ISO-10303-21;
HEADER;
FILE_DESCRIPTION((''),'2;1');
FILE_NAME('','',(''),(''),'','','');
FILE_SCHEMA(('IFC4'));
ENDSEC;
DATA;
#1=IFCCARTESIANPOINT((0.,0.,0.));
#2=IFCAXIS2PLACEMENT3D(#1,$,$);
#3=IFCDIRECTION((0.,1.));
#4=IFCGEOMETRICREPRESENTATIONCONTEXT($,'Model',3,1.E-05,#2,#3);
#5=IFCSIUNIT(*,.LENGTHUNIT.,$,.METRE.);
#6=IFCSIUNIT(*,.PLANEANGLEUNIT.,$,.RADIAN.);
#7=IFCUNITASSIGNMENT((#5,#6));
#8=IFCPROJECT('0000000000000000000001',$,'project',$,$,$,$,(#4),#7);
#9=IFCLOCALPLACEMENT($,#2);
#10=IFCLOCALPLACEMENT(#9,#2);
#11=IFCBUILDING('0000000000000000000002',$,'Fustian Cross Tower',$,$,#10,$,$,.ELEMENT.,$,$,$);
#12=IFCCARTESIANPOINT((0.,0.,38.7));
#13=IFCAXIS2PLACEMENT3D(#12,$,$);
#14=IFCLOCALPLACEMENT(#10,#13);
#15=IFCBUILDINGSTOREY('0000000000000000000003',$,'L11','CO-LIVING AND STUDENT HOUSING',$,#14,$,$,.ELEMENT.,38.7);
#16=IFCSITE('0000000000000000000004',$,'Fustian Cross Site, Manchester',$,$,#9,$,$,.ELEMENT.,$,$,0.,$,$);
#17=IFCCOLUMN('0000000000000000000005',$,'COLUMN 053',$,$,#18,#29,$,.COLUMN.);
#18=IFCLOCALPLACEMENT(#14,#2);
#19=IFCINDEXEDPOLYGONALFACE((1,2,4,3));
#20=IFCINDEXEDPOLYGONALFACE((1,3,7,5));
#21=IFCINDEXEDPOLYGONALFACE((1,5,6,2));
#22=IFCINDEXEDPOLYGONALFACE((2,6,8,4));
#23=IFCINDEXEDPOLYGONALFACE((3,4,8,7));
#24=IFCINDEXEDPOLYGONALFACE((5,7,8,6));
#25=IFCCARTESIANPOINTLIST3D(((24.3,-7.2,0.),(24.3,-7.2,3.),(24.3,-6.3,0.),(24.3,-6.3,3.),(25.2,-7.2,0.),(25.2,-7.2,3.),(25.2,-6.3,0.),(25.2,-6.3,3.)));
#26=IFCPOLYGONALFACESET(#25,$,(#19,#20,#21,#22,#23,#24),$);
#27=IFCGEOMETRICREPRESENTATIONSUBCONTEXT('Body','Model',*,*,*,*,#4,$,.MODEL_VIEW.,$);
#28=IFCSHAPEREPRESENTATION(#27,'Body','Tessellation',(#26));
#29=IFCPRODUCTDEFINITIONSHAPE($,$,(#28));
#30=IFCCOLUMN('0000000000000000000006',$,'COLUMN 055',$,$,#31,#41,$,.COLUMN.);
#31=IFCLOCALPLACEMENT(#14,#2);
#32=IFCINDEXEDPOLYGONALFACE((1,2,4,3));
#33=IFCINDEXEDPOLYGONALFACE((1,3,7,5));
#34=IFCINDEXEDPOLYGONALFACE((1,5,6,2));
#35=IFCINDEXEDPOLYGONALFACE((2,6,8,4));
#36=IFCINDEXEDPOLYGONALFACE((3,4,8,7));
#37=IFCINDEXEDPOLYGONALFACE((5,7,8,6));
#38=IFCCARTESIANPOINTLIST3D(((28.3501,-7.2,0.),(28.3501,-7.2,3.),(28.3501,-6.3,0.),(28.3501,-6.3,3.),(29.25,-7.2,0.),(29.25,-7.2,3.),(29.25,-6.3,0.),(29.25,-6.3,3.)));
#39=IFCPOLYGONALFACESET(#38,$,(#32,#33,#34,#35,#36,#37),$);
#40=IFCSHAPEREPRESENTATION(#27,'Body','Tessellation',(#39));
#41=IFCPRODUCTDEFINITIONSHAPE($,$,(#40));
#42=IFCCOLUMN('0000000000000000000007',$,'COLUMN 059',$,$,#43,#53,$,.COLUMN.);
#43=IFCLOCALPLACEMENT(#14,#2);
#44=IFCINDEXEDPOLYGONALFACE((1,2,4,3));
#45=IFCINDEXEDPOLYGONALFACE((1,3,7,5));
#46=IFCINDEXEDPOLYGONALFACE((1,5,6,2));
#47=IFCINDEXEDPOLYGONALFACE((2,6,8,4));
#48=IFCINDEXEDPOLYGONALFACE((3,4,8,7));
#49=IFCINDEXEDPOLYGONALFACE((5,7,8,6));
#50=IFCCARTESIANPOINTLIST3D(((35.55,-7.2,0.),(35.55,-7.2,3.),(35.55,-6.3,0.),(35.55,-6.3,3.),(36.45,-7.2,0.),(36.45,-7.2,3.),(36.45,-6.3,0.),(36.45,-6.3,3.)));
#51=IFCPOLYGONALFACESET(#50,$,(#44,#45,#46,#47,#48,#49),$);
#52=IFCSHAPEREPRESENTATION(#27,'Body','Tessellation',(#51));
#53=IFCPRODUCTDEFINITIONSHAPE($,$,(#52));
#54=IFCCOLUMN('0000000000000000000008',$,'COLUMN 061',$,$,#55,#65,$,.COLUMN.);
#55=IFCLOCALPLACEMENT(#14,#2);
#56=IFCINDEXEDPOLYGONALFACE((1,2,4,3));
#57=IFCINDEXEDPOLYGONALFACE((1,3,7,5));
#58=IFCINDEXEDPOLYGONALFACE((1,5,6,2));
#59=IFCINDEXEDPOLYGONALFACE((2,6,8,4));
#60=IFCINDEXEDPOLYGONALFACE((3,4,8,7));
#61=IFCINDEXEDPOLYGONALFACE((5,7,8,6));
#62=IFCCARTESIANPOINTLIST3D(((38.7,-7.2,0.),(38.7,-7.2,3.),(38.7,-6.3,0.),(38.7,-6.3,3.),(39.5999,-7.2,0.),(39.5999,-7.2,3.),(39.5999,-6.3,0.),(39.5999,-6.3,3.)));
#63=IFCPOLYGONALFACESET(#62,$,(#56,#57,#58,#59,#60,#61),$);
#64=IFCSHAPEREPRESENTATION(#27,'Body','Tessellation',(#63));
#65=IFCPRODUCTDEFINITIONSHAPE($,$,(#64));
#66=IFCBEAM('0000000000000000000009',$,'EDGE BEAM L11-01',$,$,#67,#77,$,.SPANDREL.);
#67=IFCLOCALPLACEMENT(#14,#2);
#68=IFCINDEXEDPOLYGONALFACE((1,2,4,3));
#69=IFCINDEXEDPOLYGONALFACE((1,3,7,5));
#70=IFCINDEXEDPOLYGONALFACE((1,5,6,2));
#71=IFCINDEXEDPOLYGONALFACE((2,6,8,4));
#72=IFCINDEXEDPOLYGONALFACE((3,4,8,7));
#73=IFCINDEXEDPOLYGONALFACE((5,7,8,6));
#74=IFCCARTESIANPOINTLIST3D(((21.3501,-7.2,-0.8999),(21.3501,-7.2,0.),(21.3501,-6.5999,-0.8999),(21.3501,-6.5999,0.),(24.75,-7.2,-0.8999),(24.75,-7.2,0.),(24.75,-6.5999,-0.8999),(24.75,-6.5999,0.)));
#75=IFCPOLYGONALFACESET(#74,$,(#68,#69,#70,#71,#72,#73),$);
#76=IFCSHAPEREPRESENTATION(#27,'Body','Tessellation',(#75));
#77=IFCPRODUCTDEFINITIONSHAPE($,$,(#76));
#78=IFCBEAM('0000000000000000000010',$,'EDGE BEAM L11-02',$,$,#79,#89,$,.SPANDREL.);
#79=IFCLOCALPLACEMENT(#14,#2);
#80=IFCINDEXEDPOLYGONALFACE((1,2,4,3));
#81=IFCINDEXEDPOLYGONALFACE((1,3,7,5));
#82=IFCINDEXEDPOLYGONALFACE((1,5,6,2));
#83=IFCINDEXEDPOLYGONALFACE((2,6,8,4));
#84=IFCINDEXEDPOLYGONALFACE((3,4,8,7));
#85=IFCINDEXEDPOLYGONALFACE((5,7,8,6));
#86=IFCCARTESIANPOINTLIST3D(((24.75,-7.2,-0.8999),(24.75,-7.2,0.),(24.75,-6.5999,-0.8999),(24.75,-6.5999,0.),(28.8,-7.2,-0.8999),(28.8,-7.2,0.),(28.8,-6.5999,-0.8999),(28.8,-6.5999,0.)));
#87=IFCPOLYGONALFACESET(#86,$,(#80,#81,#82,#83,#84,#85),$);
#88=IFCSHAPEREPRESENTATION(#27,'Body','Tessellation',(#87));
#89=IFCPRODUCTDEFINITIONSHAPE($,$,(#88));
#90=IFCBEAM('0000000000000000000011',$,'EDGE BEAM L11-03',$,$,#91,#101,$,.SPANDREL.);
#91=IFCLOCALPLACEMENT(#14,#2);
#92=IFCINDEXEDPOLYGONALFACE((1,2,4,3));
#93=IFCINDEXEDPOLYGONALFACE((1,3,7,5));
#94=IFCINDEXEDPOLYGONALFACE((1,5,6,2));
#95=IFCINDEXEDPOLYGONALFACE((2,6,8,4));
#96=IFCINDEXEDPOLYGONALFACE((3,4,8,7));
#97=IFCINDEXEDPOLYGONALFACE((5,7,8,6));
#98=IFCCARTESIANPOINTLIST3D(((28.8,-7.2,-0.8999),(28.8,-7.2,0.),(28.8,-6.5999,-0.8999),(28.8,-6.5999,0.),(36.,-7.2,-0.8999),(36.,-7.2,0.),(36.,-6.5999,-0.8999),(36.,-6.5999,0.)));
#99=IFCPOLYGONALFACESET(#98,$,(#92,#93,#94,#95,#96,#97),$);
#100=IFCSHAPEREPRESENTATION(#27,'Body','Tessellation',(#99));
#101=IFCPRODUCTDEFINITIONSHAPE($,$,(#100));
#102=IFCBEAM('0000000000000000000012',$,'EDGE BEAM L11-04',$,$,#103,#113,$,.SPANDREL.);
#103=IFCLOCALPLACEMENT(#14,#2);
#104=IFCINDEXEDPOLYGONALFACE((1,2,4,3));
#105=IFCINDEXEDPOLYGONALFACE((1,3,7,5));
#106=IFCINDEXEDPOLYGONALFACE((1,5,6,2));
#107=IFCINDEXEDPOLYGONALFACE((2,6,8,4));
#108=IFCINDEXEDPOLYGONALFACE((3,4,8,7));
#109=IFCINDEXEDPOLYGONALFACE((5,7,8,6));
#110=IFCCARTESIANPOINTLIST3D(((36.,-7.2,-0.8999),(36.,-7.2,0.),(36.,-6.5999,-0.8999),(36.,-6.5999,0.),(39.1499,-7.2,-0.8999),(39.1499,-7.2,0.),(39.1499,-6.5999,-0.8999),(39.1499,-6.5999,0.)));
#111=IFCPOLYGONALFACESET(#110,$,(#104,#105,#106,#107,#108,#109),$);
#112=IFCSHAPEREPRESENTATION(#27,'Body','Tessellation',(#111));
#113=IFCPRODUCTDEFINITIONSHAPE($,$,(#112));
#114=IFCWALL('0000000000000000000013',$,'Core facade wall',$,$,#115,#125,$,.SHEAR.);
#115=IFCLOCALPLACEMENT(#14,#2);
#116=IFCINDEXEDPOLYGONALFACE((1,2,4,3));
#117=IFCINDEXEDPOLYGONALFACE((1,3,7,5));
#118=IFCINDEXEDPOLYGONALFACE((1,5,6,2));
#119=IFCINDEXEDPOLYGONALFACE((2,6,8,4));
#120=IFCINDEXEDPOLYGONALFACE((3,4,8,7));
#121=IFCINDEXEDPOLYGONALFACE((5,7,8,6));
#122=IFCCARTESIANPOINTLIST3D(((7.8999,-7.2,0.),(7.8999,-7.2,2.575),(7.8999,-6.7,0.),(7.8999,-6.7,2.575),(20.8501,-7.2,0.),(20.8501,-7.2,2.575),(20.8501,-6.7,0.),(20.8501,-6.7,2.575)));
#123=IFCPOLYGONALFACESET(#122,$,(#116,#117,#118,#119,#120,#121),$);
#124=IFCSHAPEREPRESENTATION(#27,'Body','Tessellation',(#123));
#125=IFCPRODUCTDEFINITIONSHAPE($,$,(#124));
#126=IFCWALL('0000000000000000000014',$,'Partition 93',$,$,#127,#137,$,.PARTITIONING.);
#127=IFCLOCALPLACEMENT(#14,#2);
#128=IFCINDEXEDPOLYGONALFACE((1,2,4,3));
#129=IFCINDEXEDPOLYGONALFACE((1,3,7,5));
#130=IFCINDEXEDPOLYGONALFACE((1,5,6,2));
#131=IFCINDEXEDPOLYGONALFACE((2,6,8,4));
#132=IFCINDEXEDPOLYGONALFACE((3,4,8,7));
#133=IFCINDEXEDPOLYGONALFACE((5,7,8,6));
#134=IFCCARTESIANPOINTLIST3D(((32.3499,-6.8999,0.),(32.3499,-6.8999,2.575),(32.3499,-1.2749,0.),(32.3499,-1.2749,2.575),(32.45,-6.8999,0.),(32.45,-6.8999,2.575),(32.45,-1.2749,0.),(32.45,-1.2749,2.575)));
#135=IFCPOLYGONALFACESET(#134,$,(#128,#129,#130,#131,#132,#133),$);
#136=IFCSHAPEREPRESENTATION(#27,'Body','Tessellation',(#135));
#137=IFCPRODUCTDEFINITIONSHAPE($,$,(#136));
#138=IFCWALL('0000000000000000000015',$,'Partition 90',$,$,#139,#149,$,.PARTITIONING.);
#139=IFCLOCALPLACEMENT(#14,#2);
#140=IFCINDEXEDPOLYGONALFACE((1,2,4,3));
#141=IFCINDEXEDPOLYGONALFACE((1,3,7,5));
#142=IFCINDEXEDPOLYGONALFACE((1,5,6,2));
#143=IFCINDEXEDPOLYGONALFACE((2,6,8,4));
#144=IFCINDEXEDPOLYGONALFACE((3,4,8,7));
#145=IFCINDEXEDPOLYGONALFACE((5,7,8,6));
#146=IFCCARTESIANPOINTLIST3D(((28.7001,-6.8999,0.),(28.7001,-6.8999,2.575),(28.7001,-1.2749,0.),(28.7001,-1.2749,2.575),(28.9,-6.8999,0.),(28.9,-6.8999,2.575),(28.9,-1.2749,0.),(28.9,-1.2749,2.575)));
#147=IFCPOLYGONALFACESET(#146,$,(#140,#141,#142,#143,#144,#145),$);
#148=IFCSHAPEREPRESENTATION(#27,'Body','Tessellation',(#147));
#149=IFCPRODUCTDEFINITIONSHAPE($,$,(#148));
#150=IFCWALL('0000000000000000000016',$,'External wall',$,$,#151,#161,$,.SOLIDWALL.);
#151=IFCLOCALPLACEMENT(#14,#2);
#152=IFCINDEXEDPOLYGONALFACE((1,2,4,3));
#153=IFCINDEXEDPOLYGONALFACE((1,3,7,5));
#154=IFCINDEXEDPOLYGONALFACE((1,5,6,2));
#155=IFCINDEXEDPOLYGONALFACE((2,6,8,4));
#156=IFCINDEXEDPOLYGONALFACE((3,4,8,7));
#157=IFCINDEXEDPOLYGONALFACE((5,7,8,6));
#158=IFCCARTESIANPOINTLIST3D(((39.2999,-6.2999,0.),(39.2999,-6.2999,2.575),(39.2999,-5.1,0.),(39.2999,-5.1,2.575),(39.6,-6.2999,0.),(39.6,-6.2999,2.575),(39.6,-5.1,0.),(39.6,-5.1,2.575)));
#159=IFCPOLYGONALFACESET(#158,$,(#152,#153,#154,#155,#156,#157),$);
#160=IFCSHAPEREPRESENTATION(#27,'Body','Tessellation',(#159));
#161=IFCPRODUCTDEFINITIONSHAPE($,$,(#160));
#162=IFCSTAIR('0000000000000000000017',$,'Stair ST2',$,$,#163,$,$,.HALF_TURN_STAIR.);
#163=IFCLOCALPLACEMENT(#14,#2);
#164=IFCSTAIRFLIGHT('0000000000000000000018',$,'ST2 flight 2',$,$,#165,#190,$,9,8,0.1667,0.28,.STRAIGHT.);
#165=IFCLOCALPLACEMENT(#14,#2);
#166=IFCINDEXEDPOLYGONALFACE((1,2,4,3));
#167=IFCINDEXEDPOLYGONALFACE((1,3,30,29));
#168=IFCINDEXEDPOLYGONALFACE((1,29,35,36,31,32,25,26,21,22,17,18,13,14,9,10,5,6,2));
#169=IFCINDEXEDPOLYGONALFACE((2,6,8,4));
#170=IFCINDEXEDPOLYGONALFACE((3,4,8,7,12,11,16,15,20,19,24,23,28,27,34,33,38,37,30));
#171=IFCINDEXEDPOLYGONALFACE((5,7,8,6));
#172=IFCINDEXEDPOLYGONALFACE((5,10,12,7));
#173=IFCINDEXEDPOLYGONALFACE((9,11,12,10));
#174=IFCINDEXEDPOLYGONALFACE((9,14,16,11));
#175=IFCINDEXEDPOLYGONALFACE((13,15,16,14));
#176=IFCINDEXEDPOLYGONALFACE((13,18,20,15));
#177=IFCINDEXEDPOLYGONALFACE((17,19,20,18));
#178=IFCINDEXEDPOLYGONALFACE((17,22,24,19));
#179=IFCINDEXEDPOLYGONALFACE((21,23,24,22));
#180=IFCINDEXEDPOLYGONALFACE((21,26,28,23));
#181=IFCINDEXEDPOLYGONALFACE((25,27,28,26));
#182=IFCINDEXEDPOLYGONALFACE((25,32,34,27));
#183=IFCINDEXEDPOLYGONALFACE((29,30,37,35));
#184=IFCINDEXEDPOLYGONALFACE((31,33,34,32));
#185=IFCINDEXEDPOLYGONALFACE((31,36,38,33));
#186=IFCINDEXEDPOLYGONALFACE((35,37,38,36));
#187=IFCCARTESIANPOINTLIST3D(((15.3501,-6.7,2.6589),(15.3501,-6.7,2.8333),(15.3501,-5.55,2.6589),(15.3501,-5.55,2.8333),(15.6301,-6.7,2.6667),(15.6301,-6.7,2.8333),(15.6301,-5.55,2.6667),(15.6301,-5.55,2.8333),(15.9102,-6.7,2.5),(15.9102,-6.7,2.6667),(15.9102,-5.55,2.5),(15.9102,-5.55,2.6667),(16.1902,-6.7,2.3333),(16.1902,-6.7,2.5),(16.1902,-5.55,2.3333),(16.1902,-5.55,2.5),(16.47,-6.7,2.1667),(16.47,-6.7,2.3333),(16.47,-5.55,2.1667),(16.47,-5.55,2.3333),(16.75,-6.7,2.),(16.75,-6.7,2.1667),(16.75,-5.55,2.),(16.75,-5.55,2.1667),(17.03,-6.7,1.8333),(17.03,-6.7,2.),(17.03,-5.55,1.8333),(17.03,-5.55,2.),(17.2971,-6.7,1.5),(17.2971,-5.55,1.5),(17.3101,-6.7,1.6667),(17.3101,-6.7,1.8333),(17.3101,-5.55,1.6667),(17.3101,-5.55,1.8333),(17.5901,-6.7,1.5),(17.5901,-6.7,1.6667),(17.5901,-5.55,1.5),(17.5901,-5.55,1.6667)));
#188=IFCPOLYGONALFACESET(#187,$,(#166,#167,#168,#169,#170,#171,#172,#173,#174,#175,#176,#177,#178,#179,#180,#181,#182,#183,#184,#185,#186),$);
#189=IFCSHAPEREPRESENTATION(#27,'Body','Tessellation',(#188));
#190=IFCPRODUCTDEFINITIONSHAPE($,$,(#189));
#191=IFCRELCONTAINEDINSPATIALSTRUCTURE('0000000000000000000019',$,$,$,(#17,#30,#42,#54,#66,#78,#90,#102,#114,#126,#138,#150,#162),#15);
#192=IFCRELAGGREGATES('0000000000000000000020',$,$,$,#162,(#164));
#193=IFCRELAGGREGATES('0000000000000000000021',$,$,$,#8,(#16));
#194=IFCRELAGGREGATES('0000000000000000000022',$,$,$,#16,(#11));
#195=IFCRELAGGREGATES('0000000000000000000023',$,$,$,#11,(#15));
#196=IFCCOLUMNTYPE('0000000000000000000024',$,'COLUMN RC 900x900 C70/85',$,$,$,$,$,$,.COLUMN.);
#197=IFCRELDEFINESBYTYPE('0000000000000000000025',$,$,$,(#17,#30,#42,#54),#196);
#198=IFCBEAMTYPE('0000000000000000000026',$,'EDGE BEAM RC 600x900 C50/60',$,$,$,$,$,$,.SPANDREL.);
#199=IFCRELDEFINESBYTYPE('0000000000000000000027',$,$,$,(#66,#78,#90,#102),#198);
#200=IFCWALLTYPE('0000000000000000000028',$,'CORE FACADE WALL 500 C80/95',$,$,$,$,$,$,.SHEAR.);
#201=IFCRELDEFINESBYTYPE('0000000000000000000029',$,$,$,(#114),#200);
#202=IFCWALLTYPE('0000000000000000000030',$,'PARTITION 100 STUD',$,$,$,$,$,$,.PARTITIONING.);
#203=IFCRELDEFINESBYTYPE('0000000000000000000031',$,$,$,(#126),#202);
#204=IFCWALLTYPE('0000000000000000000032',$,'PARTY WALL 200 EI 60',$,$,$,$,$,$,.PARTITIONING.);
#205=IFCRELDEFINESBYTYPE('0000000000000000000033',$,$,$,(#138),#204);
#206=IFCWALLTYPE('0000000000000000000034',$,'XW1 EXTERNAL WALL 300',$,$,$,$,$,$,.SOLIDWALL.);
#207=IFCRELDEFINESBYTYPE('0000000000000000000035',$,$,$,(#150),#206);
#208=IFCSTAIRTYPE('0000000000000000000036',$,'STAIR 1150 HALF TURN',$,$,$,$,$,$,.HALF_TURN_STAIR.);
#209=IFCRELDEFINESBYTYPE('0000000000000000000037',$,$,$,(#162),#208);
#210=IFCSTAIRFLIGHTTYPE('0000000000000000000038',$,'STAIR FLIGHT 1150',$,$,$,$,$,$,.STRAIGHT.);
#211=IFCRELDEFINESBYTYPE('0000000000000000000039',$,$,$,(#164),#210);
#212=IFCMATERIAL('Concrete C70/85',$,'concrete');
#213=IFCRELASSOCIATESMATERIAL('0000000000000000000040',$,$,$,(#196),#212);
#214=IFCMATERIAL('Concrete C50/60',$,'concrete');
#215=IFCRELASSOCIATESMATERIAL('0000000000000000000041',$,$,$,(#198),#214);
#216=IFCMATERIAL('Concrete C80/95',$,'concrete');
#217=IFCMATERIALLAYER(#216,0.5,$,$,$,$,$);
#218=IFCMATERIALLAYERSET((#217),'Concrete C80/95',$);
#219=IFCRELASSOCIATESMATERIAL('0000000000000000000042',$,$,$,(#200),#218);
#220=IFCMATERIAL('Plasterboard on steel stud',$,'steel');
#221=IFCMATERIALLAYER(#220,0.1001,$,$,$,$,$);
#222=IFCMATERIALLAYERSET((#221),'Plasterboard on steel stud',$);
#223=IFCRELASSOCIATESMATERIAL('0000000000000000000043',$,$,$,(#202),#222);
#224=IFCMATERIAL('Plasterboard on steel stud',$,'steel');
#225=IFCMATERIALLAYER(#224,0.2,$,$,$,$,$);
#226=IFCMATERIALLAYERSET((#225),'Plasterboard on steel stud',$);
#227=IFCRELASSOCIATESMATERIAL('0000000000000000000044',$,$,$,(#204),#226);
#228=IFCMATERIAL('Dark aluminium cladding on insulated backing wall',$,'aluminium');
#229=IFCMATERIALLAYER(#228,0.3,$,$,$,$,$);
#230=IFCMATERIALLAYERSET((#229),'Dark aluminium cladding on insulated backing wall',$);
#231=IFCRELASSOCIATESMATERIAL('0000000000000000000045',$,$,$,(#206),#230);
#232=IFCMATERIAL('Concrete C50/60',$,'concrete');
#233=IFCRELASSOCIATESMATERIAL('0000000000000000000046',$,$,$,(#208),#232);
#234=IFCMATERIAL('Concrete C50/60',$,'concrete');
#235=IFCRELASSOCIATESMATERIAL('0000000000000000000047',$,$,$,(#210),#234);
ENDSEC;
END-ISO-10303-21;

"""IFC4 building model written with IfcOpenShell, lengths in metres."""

from ifc_helpers import new_model, si_unit, direction, frame, frame_2d, origin, origin_2d, place, context, subcontext, project, spatial, polyline, rectangle, outline, extrude, material, layer, layer_set, material_profile, profile_set, type_object, element, aggregate, save


model = new_model("IFC4")

# Units and contexts
model_context = context("Model", 3, precision=1e-05, world=origin(), true_north=direction((0.0, 1.0)))
body_context = subcontext(model_context, "Body", "Model", "MODEL_VIEW")
ifc_project = project(units=[si_unit("LENGTHUNIT", "METRE"), si_unit("PLANEANGLEUNIT", "RADIAN")], contexts=[model_context])

# Site, building, storey
site_placement = place(None, origin())
site = spatial("IfcSite", under=ifc_project, at=site_placement, Name="Fustian Cross Site, Manchester", CompositionType="ELEMENT", RefElevation=0.0)
building_placement = place(site_placement, origin())
building = spatial("IfcBuilding", under=site, at=building_placement, Name="Fustian Cross Tower", CompositionType="ELEMENT")
storey_placement = place(building_placement, frame((0.0, 0.0, 38.7)))
storey = spatial("IfcBuildingStorey", under=building, at=storey_placement, Name="L11", Description="CO-LIVING AND STUDENT HOUSING", CompositionType="ELEMENT", Elevation=38.7)

# Columns
ifc_material_1 = material(Name="Concrete C70/85", Category="concrete")
ifc_material_profile_1 = material_profile(ifc_material_1, rectangle(XDim=0.8999, YDim=0.8999, at=origin_2d()), Name="RC 900x900")
ifc_profile_set_1 = profile_set([ifc_material_profile_1], Name="Concrete C70/85")
column_type = type_object("IfcColumnType", Name="COLUMN RC 900x900 C70/85", PredefinedType="COLUMN", material=ifc_profile_set_1)
for number, where, z_axis, x_axis, name in (
    (1, (24.75, -6.75, 0.0), (0.0, 0.0, 1.0), (1.0, 0.0, 0.0), "COLUMN 053"),
    (2, (28.8, -6.75, 0.0), (0.0, 0.0, 1.0), (1.0, 0.0, 0.0), "COLUMN 055"),
    (3, (36.0, -6.75, 0.0), (0.0, 0.0, 1.0), (1.0, 0.0, 0.0), "COLUMN 059"),
    (4, (39.1499, -6.75, 0.0), (0.0, 0.0, 1.0), (1.0, 0.0, 0.0), "COLUMN 061"),
):
    element("IfcColumn", number, at=place(storey_placement, frame(where, z_axis=z_axis, x_axis=x_axis)), inside=storey, type_object=column_type, Name=name, PredefinedType="COLUMN", context=body_context, shape_type="SweptSolid", body=[
        extrude(rectangle(XDim=0.8999, YDim=0.8999, at=origin_2d()), origin(), (0.0, 0.0, 1.0), 3.0),
    ])

# Beams
ifc_material_2 = material(Name="Concrete C50/60", Category="concrete")
ifc_material_profile_2 = material_profile(ifc_material_2, rectangle(XDim=0.6001, YDim=0.8999, at=origin_2d()), Name="RC 600x900")
ifc_profile_set_2 = profile_set([ifc_material_profile_2], Name="Concrete C50/60")
beam_type = type_object("IfcBeamType", Name="EDGE BEAM RC 600x900 C50/60", PredefinedType="SPANDREL", material=ifc_profile_set_2)
beam_1_placement = place(storey_placement, frame((21.3501, -6.8999, -0.45), z_axis=(1.0, 0.0, 0.0), x_axis=(0.0, 1.0, 0.0)))
element("IfcBeam", 5, at=beam_1_placement, inside=storey, type_object=beam_type, Name="EDGE BEAM L11-01", PredefinedType="SPANDREL", context=body_context, shape_type="SweptSolid", body=[
    extrude(rectangle(XDim=0.6001, YDim=0.8999, at=origin_2d()), origin(), (0.0, 0.0, 1.0), 3.3999),
])
beam_2_placement = place(storey_placement, frame((24.75, -6.8999, -0.45), z_axis=(1.0, 0.0, 0.0), x_axis=(0.0, 1.0, 0.0)))
element("IfcBeam", 6, at=beam_2_placement, inside=storey, type_object=beam_type, Name="EDGE BEAM L11-02", PredefinedType="SPANDREL", context=body_context, shape_type="SweptSolid", body=[
    extrude(rectangle(XDim=0.6001, YDim=0.8999, at=origin_2d()), origin(), (0.0, 0.0, 1.0), 4.05),
])
beam_3_placement = place(storey_placement, frame((28.8, -6.8999, -0.45), z_axis=(1.0, 0.0, 0.0), x_axis=(0.0, 1.0, 0.0)))
element("IfcBeam", 7, at=beam_3_placement, inside=storey, type_object=beam_type, Name="EDGE BEAM L11-03", PredefinedType="SPANDREL", context=body_context, shape_type="SweptSolid", body=[
    extrude(rectangle(XDim=0.6001, YDim=0.8999, at=origin_2d()), origin(), (0.0, 0.0, 1.0), 7.2),
])
beam_4_placement = place(storey_placement, frame((36.0, -6.8999, -0.45), z_axis=(1.0, 0.0, 0.0), x_axis=(0.0, 1.0, 0.0)))
element("IfcBeam", 8, at=beam_4_placement, inside=storey, type_object=beam_type, Name="EDGE BEAM L11-04", PredefinedType="SPANDREL", context=body_context, shape_type="SweptSolid", body=[
    extrude(rectangle(XDim=0.6001, YDim=0.8999, at=origin_2d()), origin(), (0.0, 0.0, 1.0), 3.1499),
])

# Walls
ifc_material_3 = material(Name="Concrete C80/95", Category="concrete")
ifc_layer_1 = layer(ifc_material_3, 0.5)
ifc_layer_set_1 = layer_set([ifc_layer_1], Name="Concrete C80/95")
wall_type_1 = type_object("IfcWallType", Name="CORE FACADE WALL 500 C80/95", PredefinedType="SHEAR", material=ifc_layer_set_1)
wall_1_placement = place(storey_placement, frame((7.8999, -6.95, 0.0), z_axis=(0.0, 0.0, 1.0), x_axis=(1.0, 0.0, 0.0)))
element("IfcWall", 9, at=wall_1_placement, inside=storey, type_object=wall_type_1, Name="Core facade wall", PredefinedType="SHEAR", context=body_context, shape_type="SweptSolid", body=[
    extrude(rectangle(XDim=12.9502, YDim=0.5, at=frame_2d((6.4751, 0.0))), origin(), (0.0, 0.0, 1.0), 2.575),
])
ifc_material_4 = material(Name="Plasterboard on steel stud", Category="steel")
ifc_layer_2 = layer(ifc_material_4, 0.1001)
ifc_layer_set_2 = layer_set([ifc_layer_2], Name="Plasterboard on steel stud")
wall_type_2 = type_object("IfcWallType", Name="PARTITION 100 STUD", PredefinedType="PARTITIONING", material=ifc_layer_set_2)
wall_2_placement = place(storey_placement, frame((32.3999, -6.8999, 0.0), z_axis=(0.0, 0.0, 1.0), x_axis=(0.0, 1.0, 0.0)))
element("IfcWall", 10, at=wall_2_placement, inside=storey, type_object=wall_type_2, Name="Partition 93", PredefinedType="PARTITIONING", context=body_context, shape_type="SweptSolid", body=[
    extrude(rectangle(XDim=5.625, YDim=0.1001, at=frame_2d((2.8125, 0.0))), origin(), (0.0, 0.0, 1.0), 2.575),
])
ifc_material_5 = material(Name="Plasterboard on steel stud", Category="steel")
ifc_layer_3 = layer(ifc_material_5, 0.2)
ifc_layer_set_3 = layer_set([ifc_layer_3], Name="Plasterboard on steel stud")
wall_type_3 = type_object("IfcWallType", Name="PARTY WALL 200 EI 60", PredefinedType="PARTITIONING", material=ifc_layer_set_3)
wall_3_placement = place(storey_placement, frame((28.8, -6.8999, 0.0), z_axis=(0.0, 0.0, 1.0), x_axis=(0.0, 1.0, 0.0)))
element("IfcWall", 11, at=wall_3_placement, inside=storey, type_object=wall_type_3, Name="Partition 90", PredefinedType="PARTITIONING", context=body_context, shape_type="SweptSolid", body=[
    extrude(rectangle(XDim=5.625, YDim=0.2, at=frame_2d((2.8125, 0.0))), origin(), (0.0, 0.0, 1.0), 2.575),
])
ifc_material_6 = material(Name="Dark aluminium cladding on insulated backing wall", Category="aluminium")
ifc_layer_4 = layer(ifc_material_6, 0.3)
ifc_layer_set_4 = layer_set([ifc_layer_4], Name="Dark aluminium cladding on insulated backing wall")
wall_type_4 = type_object("IfcWallType", Name="XW1 EXTERNAL WALL 300", PredefinedType="SOLIDWALL", material=ifc_layer_set_4)
wall_4_placement = place(storey_placement, frame((39.45, -6.3, 0.0), z_axis=(0.0, 0.0, 1.0), x_axis=(0.0, 1.0, 0.0)))
element("IfcWall", 12, at=wall_4_placement, inside=storey, type_object=wall_type_4, Name="External wall", PredefinedType="SOLIDWALL", context=body_context, shape_type="SweptSolid", body=[
    extrude(rectangle(XDim=1.2, YDim=0.3, at=frame_2d((0.6001, 0.0))), origin(), (0.0, 0.0, 1.0), 2.575),
])

# Stair, stair flight
ifc_material_7 = material(Name="Concrete C50/60", Category="concrete")
stair_type = type_object("IfcStairType", Name="STAIR 1150 HALF TURN", PredefinedType="HALF_TURN_STAIR", material=ifc_material_7)
stair_placement = place(storey_placement, origin())
stair = element("IfcStair", 13, at=stair_placement, inside=storey, type_object=stair_type, Name="Stair ST2", PredefinedType="HALF_TURN_STAIR")
ifc_material_8 = material(Name="Concrete C50/60", Category="concrete")
stair_flight_type = type_object("IfcStairFlightType", Name="STAIR FLIGHT 1150", PredefinedType="STRAIGHT", material=ifc_material_8)
stair_flight_placement = place(storey_placement, frame((17.5901, -6.125, 1.5), z_axis=(0.0, 0.0, 1.0), x_axis=(-1.0, 0.0, 0.0)))
stair_flight = element("IfcStairFlight", 14, at=stair_flight_placement, type_object=stair_flight_type, Name="ST2 flight 2", NumberOfRisers=9, NumberOfTreads=8, PredefinedType="STRAIGHT", RiserHeight=0.1667, TreadLength=0.28, context=body_context, shape_type="SweptSolid", body=[
    extrude(outline(polyline([(0.0, 0.0), (0.0, 0.1667), (0.28, 0.1667), (0.28, 0.3333), (0.5601, 0.3333), (0.5601, 0.5), (0.8401, 0.5), (0.8401, 0.6667), (1.1201, 0.6667), (1.1201, 0.8333), (1.3999, 0.8333), (1.3999, 1.0), (1.6799, 1.0), (1.6799, 1.1667), (1.96, 1.1667), (1.96, 1.3333), (2.24, 1.3333), (2.24, 1.5), (2.24, 1.1589), (0.293, 0.0), (0.0, 0.0)])), frame((0.0, 0.575, 0.0), z_axis=(0.0, -1.0, 0.0), x_axis=(1.0, 0.0, 0.0)), (0.0, 0.0, 1.0), 1.1499),
])
aggregate(stair, [stair_flight])

save(model, "model.ifc")
